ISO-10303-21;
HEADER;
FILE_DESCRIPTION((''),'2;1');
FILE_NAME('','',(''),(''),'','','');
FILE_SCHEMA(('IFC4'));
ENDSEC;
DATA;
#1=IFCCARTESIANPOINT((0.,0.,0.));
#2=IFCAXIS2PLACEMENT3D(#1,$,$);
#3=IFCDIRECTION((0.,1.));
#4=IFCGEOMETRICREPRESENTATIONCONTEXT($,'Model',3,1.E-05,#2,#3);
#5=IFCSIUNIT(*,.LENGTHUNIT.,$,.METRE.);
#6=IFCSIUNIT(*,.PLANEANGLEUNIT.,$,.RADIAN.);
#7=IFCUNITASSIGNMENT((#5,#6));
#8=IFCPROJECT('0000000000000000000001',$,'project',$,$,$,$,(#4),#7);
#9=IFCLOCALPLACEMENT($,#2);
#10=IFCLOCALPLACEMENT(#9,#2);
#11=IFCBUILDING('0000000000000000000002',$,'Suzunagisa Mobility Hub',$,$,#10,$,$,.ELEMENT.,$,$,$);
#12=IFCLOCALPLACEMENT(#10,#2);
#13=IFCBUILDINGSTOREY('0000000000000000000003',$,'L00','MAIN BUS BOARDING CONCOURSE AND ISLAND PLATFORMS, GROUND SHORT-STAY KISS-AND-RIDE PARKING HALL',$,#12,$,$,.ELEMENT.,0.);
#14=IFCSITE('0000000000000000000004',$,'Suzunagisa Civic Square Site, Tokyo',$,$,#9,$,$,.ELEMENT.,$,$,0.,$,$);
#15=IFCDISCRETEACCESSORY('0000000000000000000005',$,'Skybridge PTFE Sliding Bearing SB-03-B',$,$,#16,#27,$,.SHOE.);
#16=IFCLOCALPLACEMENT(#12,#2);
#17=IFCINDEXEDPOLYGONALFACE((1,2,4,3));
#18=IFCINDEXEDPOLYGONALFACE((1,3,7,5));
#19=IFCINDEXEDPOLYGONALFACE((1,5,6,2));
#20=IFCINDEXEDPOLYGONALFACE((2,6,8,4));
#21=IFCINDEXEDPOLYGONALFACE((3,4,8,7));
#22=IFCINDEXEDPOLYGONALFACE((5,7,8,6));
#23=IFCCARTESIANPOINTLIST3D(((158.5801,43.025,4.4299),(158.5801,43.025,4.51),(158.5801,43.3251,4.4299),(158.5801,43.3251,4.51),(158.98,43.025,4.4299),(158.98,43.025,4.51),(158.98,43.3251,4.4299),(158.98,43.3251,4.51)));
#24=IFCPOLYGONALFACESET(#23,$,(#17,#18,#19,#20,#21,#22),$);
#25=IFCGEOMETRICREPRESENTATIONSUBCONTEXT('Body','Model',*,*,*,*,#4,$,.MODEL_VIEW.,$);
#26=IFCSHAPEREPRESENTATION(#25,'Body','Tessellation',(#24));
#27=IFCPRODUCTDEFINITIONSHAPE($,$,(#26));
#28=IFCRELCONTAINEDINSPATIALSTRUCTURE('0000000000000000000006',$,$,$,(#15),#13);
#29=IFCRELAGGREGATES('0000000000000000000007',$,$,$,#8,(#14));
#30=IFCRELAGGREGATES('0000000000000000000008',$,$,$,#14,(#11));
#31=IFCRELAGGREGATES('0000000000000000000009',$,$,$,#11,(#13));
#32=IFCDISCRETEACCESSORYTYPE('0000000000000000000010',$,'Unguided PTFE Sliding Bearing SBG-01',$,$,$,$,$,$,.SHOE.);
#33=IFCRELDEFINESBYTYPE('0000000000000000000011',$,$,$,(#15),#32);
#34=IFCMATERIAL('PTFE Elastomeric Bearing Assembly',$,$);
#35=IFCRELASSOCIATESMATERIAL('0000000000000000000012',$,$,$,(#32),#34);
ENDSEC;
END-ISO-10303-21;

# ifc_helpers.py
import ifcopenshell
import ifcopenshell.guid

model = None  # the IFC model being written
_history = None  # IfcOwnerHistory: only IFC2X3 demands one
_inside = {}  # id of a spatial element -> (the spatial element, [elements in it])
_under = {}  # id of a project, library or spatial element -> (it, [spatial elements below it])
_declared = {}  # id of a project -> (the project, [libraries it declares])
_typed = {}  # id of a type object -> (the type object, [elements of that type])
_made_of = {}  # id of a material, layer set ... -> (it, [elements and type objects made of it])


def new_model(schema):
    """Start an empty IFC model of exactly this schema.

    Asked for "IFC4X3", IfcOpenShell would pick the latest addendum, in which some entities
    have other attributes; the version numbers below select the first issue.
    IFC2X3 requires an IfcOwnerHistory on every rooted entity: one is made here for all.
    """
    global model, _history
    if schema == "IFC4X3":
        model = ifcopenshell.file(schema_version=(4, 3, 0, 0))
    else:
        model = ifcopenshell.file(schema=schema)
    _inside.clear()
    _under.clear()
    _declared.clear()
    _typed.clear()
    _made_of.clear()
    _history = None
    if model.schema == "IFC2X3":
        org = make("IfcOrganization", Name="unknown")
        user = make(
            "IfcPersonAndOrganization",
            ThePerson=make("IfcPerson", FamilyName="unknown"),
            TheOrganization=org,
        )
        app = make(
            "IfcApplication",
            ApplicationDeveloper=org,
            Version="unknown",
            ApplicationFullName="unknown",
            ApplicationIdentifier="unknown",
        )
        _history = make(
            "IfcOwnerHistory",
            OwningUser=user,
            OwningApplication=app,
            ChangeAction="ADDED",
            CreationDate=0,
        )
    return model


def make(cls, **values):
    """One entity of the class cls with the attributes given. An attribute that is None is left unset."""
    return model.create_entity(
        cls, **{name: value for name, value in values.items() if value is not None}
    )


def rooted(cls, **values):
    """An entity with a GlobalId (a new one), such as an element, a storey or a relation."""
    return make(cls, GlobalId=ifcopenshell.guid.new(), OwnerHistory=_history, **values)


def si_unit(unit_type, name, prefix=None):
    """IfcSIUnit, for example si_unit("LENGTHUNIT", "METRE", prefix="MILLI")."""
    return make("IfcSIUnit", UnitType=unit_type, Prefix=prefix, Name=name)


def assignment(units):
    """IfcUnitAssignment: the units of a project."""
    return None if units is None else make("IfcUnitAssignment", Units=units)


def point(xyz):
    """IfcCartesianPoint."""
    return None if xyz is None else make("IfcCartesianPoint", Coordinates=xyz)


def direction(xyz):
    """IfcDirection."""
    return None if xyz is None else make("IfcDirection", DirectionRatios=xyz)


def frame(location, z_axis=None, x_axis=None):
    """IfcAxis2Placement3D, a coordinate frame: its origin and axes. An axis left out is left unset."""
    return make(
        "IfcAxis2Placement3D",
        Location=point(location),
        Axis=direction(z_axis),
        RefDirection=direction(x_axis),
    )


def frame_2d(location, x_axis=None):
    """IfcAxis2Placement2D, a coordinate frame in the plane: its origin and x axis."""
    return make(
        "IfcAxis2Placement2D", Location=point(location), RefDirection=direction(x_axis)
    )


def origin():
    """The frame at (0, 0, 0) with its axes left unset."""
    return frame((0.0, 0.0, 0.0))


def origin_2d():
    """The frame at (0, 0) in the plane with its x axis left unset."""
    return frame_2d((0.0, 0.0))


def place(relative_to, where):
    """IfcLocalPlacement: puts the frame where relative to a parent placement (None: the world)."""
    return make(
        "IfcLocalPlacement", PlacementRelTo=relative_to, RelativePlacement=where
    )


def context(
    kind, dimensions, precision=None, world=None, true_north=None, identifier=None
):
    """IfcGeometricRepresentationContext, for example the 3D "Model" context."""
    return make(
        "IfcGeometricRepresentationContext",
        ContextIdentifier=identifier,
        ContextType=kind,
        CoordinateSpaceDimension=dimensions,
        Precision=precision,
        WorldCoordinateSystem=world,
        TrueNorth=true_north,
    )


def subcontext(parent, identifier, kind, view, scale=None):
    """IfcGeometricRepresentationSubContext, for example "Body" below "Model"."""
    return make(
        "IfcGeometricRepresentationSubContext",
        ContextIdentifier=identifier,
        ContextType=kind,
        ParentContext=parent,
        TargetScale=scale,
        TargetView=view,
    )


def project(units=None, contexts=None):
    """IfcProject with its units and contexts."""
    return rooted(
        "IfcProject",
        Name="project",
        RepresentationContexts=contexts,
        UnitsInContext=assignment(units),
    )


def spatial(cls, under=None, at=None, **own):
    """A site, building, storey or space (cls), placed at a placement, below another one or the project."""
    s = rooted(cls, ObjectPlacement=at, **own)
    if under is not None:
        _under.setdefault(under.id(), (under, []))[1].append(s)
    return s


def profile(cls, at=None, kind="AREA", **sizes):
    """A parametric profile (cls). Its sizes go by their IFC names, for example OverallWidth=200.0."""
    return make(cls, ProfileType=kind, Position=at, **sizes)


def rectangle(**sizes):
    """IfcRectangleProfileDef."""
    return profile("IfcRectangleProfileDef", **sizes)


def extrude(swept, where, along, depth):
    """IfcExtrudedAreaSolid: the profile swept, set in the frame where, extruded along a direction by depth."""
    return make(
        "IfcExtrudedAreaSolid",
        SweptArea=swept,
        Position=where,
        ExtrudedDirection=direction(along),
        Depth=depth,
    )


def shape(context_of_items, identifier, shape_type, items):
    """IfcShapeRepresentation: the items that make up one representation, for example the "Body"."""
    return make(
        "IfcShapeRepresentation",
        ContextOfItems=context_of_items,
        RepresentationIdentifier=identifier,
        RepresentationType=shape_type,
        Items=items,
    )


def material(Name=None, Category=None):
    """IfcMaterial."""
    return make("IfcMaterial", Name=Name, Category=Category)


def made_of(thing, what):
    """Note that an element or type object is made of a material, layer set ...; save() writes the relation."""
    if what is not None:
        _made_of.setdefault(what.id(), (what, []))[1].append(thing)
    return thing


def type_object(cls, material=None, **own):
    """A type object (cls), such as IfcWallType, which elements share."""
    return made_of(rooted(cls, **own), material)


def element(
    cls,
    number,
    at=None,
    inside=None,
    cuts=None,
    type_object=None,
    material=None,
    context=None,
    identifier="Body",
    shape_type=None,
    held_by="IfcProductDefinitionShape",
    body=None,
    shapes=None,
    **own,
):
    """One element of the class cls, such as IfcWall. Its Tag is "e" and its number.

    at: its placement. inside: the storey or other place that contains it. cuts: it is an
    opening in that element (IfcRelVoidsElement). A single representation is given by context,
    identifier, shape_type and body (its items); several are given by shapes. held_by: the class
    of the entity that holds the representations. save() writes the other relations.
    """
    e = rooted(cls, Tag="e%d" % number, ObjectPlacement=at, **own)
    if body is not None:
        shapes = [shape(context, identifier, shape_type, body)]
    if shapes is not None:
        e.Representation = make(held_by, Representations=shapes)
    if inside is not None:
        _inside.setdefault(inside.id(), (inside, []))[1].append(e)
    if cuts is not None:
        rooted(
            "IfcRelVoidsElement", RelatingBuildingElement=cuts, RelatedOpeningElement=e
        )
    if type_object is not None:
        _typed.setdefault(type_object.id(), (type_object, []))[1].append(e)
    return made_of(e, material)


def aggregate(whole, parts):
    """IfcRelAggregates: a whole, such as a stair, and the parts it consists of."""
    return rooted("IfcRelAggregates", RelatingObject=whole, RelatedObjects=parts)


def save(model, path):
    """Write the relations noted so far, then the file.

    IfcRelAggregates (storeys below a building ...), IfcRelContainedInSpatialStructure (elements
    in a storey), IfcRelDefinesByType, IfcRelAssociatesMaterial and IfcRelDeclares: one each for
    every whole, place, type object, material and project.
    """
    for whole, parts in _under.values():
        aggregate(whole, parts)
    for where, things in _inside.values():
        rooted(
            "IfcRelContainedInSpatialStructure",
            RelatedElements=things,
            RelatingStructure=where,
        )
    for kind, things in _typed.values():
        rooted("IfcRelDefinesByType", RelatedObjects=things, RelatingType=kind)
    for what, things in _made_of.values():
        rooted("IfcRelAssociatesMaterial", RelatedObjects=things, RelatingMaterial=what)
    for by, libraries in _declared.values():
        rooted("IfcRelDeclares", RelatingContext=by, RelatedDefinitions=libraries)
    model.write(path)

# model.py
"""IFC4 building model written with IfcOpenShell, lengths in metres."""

from ifc_helpers import new_model, si_unit, direction, frame, origin, origin_2d, place, context, subcontext, project, spatial, rectangle, extrude, material, type_object, element, save


model = new_model("IFC4")

# Units and contexts
model_context = context("Model", 3, precision=1e-05, world=origin(), true_north=direction((0.0, 1.0)))
body_context = subcontext(model_context, "Body", "Model", "MODEL_VIEW")
ifc_project = project(units=[si_unit("LENGTHUNIT", "METRE"), si_unit("PLANEANGLEUNIT", "RADIAN")], contexts=[model_context])

# Site, building, storey
site_placement = place(None, origin())
site = spatial("IfcSite", under=ifc_project, at=site_placement, Name="Suzunagisa Civic Square Site, Tokyo", CompositionType="ELEMENT", RefElevation=0.0)
building_placement = place(site_placement, origin())
building = spatial("IfcBuilding", under=site, at=building_placement, Name="Suzunagisa Mobility Hub", CompositionType="ELEMENT")
storey_placement = place(building_placement, origin())
storey = spatial("IfcBuildingStorey", under=building, at=storey_placement, Name="L00", Description="MAIN BUS BOARDING CONCOURSE AND ISLAND PLATFORMS, GROUND SHORT-STAY KISS-AND-RIDE PARKING HALL", CompositionType="ELEMENT", Elevation=0.0)

# Discrete accessory
ifc_material_1 = material(Name="PTFE Elastomeric Bearing Assembly")
discrete_accessory_type = type_object("IfcDiscreteAccessoryType", Name="Unguided PTFE Sliding Bearing SBG-01", PredefinedType="SHOE", material=ifc_material_1)
for number, where, z_axis, x_axis, name in (
    (1, (158.78, 43.175, 4.4299), (0.0, 0.0, 1.0), (1.0, 0.0, 0.0), "Skybridge PTFE Sliding Bearing SB-03-B"),
):
    element("IfcDiscreteAccessory", number, at=place(storey_placement, frame(where, z_axis=z_axis, x_axis=x_axis)), inside=storey, type_object=discrete_accessory_type, Name=name, PredefinedType="SHOE", context=body_context, shape_type="SweptSolid", body=[
        extrude(rectangle(XDim=0.3999, YDim=0.3, at=origin_2d()), origin(), (0.0, 0.0, 1.0), 0.0801),
    ])

save(model, "model.ifc")
